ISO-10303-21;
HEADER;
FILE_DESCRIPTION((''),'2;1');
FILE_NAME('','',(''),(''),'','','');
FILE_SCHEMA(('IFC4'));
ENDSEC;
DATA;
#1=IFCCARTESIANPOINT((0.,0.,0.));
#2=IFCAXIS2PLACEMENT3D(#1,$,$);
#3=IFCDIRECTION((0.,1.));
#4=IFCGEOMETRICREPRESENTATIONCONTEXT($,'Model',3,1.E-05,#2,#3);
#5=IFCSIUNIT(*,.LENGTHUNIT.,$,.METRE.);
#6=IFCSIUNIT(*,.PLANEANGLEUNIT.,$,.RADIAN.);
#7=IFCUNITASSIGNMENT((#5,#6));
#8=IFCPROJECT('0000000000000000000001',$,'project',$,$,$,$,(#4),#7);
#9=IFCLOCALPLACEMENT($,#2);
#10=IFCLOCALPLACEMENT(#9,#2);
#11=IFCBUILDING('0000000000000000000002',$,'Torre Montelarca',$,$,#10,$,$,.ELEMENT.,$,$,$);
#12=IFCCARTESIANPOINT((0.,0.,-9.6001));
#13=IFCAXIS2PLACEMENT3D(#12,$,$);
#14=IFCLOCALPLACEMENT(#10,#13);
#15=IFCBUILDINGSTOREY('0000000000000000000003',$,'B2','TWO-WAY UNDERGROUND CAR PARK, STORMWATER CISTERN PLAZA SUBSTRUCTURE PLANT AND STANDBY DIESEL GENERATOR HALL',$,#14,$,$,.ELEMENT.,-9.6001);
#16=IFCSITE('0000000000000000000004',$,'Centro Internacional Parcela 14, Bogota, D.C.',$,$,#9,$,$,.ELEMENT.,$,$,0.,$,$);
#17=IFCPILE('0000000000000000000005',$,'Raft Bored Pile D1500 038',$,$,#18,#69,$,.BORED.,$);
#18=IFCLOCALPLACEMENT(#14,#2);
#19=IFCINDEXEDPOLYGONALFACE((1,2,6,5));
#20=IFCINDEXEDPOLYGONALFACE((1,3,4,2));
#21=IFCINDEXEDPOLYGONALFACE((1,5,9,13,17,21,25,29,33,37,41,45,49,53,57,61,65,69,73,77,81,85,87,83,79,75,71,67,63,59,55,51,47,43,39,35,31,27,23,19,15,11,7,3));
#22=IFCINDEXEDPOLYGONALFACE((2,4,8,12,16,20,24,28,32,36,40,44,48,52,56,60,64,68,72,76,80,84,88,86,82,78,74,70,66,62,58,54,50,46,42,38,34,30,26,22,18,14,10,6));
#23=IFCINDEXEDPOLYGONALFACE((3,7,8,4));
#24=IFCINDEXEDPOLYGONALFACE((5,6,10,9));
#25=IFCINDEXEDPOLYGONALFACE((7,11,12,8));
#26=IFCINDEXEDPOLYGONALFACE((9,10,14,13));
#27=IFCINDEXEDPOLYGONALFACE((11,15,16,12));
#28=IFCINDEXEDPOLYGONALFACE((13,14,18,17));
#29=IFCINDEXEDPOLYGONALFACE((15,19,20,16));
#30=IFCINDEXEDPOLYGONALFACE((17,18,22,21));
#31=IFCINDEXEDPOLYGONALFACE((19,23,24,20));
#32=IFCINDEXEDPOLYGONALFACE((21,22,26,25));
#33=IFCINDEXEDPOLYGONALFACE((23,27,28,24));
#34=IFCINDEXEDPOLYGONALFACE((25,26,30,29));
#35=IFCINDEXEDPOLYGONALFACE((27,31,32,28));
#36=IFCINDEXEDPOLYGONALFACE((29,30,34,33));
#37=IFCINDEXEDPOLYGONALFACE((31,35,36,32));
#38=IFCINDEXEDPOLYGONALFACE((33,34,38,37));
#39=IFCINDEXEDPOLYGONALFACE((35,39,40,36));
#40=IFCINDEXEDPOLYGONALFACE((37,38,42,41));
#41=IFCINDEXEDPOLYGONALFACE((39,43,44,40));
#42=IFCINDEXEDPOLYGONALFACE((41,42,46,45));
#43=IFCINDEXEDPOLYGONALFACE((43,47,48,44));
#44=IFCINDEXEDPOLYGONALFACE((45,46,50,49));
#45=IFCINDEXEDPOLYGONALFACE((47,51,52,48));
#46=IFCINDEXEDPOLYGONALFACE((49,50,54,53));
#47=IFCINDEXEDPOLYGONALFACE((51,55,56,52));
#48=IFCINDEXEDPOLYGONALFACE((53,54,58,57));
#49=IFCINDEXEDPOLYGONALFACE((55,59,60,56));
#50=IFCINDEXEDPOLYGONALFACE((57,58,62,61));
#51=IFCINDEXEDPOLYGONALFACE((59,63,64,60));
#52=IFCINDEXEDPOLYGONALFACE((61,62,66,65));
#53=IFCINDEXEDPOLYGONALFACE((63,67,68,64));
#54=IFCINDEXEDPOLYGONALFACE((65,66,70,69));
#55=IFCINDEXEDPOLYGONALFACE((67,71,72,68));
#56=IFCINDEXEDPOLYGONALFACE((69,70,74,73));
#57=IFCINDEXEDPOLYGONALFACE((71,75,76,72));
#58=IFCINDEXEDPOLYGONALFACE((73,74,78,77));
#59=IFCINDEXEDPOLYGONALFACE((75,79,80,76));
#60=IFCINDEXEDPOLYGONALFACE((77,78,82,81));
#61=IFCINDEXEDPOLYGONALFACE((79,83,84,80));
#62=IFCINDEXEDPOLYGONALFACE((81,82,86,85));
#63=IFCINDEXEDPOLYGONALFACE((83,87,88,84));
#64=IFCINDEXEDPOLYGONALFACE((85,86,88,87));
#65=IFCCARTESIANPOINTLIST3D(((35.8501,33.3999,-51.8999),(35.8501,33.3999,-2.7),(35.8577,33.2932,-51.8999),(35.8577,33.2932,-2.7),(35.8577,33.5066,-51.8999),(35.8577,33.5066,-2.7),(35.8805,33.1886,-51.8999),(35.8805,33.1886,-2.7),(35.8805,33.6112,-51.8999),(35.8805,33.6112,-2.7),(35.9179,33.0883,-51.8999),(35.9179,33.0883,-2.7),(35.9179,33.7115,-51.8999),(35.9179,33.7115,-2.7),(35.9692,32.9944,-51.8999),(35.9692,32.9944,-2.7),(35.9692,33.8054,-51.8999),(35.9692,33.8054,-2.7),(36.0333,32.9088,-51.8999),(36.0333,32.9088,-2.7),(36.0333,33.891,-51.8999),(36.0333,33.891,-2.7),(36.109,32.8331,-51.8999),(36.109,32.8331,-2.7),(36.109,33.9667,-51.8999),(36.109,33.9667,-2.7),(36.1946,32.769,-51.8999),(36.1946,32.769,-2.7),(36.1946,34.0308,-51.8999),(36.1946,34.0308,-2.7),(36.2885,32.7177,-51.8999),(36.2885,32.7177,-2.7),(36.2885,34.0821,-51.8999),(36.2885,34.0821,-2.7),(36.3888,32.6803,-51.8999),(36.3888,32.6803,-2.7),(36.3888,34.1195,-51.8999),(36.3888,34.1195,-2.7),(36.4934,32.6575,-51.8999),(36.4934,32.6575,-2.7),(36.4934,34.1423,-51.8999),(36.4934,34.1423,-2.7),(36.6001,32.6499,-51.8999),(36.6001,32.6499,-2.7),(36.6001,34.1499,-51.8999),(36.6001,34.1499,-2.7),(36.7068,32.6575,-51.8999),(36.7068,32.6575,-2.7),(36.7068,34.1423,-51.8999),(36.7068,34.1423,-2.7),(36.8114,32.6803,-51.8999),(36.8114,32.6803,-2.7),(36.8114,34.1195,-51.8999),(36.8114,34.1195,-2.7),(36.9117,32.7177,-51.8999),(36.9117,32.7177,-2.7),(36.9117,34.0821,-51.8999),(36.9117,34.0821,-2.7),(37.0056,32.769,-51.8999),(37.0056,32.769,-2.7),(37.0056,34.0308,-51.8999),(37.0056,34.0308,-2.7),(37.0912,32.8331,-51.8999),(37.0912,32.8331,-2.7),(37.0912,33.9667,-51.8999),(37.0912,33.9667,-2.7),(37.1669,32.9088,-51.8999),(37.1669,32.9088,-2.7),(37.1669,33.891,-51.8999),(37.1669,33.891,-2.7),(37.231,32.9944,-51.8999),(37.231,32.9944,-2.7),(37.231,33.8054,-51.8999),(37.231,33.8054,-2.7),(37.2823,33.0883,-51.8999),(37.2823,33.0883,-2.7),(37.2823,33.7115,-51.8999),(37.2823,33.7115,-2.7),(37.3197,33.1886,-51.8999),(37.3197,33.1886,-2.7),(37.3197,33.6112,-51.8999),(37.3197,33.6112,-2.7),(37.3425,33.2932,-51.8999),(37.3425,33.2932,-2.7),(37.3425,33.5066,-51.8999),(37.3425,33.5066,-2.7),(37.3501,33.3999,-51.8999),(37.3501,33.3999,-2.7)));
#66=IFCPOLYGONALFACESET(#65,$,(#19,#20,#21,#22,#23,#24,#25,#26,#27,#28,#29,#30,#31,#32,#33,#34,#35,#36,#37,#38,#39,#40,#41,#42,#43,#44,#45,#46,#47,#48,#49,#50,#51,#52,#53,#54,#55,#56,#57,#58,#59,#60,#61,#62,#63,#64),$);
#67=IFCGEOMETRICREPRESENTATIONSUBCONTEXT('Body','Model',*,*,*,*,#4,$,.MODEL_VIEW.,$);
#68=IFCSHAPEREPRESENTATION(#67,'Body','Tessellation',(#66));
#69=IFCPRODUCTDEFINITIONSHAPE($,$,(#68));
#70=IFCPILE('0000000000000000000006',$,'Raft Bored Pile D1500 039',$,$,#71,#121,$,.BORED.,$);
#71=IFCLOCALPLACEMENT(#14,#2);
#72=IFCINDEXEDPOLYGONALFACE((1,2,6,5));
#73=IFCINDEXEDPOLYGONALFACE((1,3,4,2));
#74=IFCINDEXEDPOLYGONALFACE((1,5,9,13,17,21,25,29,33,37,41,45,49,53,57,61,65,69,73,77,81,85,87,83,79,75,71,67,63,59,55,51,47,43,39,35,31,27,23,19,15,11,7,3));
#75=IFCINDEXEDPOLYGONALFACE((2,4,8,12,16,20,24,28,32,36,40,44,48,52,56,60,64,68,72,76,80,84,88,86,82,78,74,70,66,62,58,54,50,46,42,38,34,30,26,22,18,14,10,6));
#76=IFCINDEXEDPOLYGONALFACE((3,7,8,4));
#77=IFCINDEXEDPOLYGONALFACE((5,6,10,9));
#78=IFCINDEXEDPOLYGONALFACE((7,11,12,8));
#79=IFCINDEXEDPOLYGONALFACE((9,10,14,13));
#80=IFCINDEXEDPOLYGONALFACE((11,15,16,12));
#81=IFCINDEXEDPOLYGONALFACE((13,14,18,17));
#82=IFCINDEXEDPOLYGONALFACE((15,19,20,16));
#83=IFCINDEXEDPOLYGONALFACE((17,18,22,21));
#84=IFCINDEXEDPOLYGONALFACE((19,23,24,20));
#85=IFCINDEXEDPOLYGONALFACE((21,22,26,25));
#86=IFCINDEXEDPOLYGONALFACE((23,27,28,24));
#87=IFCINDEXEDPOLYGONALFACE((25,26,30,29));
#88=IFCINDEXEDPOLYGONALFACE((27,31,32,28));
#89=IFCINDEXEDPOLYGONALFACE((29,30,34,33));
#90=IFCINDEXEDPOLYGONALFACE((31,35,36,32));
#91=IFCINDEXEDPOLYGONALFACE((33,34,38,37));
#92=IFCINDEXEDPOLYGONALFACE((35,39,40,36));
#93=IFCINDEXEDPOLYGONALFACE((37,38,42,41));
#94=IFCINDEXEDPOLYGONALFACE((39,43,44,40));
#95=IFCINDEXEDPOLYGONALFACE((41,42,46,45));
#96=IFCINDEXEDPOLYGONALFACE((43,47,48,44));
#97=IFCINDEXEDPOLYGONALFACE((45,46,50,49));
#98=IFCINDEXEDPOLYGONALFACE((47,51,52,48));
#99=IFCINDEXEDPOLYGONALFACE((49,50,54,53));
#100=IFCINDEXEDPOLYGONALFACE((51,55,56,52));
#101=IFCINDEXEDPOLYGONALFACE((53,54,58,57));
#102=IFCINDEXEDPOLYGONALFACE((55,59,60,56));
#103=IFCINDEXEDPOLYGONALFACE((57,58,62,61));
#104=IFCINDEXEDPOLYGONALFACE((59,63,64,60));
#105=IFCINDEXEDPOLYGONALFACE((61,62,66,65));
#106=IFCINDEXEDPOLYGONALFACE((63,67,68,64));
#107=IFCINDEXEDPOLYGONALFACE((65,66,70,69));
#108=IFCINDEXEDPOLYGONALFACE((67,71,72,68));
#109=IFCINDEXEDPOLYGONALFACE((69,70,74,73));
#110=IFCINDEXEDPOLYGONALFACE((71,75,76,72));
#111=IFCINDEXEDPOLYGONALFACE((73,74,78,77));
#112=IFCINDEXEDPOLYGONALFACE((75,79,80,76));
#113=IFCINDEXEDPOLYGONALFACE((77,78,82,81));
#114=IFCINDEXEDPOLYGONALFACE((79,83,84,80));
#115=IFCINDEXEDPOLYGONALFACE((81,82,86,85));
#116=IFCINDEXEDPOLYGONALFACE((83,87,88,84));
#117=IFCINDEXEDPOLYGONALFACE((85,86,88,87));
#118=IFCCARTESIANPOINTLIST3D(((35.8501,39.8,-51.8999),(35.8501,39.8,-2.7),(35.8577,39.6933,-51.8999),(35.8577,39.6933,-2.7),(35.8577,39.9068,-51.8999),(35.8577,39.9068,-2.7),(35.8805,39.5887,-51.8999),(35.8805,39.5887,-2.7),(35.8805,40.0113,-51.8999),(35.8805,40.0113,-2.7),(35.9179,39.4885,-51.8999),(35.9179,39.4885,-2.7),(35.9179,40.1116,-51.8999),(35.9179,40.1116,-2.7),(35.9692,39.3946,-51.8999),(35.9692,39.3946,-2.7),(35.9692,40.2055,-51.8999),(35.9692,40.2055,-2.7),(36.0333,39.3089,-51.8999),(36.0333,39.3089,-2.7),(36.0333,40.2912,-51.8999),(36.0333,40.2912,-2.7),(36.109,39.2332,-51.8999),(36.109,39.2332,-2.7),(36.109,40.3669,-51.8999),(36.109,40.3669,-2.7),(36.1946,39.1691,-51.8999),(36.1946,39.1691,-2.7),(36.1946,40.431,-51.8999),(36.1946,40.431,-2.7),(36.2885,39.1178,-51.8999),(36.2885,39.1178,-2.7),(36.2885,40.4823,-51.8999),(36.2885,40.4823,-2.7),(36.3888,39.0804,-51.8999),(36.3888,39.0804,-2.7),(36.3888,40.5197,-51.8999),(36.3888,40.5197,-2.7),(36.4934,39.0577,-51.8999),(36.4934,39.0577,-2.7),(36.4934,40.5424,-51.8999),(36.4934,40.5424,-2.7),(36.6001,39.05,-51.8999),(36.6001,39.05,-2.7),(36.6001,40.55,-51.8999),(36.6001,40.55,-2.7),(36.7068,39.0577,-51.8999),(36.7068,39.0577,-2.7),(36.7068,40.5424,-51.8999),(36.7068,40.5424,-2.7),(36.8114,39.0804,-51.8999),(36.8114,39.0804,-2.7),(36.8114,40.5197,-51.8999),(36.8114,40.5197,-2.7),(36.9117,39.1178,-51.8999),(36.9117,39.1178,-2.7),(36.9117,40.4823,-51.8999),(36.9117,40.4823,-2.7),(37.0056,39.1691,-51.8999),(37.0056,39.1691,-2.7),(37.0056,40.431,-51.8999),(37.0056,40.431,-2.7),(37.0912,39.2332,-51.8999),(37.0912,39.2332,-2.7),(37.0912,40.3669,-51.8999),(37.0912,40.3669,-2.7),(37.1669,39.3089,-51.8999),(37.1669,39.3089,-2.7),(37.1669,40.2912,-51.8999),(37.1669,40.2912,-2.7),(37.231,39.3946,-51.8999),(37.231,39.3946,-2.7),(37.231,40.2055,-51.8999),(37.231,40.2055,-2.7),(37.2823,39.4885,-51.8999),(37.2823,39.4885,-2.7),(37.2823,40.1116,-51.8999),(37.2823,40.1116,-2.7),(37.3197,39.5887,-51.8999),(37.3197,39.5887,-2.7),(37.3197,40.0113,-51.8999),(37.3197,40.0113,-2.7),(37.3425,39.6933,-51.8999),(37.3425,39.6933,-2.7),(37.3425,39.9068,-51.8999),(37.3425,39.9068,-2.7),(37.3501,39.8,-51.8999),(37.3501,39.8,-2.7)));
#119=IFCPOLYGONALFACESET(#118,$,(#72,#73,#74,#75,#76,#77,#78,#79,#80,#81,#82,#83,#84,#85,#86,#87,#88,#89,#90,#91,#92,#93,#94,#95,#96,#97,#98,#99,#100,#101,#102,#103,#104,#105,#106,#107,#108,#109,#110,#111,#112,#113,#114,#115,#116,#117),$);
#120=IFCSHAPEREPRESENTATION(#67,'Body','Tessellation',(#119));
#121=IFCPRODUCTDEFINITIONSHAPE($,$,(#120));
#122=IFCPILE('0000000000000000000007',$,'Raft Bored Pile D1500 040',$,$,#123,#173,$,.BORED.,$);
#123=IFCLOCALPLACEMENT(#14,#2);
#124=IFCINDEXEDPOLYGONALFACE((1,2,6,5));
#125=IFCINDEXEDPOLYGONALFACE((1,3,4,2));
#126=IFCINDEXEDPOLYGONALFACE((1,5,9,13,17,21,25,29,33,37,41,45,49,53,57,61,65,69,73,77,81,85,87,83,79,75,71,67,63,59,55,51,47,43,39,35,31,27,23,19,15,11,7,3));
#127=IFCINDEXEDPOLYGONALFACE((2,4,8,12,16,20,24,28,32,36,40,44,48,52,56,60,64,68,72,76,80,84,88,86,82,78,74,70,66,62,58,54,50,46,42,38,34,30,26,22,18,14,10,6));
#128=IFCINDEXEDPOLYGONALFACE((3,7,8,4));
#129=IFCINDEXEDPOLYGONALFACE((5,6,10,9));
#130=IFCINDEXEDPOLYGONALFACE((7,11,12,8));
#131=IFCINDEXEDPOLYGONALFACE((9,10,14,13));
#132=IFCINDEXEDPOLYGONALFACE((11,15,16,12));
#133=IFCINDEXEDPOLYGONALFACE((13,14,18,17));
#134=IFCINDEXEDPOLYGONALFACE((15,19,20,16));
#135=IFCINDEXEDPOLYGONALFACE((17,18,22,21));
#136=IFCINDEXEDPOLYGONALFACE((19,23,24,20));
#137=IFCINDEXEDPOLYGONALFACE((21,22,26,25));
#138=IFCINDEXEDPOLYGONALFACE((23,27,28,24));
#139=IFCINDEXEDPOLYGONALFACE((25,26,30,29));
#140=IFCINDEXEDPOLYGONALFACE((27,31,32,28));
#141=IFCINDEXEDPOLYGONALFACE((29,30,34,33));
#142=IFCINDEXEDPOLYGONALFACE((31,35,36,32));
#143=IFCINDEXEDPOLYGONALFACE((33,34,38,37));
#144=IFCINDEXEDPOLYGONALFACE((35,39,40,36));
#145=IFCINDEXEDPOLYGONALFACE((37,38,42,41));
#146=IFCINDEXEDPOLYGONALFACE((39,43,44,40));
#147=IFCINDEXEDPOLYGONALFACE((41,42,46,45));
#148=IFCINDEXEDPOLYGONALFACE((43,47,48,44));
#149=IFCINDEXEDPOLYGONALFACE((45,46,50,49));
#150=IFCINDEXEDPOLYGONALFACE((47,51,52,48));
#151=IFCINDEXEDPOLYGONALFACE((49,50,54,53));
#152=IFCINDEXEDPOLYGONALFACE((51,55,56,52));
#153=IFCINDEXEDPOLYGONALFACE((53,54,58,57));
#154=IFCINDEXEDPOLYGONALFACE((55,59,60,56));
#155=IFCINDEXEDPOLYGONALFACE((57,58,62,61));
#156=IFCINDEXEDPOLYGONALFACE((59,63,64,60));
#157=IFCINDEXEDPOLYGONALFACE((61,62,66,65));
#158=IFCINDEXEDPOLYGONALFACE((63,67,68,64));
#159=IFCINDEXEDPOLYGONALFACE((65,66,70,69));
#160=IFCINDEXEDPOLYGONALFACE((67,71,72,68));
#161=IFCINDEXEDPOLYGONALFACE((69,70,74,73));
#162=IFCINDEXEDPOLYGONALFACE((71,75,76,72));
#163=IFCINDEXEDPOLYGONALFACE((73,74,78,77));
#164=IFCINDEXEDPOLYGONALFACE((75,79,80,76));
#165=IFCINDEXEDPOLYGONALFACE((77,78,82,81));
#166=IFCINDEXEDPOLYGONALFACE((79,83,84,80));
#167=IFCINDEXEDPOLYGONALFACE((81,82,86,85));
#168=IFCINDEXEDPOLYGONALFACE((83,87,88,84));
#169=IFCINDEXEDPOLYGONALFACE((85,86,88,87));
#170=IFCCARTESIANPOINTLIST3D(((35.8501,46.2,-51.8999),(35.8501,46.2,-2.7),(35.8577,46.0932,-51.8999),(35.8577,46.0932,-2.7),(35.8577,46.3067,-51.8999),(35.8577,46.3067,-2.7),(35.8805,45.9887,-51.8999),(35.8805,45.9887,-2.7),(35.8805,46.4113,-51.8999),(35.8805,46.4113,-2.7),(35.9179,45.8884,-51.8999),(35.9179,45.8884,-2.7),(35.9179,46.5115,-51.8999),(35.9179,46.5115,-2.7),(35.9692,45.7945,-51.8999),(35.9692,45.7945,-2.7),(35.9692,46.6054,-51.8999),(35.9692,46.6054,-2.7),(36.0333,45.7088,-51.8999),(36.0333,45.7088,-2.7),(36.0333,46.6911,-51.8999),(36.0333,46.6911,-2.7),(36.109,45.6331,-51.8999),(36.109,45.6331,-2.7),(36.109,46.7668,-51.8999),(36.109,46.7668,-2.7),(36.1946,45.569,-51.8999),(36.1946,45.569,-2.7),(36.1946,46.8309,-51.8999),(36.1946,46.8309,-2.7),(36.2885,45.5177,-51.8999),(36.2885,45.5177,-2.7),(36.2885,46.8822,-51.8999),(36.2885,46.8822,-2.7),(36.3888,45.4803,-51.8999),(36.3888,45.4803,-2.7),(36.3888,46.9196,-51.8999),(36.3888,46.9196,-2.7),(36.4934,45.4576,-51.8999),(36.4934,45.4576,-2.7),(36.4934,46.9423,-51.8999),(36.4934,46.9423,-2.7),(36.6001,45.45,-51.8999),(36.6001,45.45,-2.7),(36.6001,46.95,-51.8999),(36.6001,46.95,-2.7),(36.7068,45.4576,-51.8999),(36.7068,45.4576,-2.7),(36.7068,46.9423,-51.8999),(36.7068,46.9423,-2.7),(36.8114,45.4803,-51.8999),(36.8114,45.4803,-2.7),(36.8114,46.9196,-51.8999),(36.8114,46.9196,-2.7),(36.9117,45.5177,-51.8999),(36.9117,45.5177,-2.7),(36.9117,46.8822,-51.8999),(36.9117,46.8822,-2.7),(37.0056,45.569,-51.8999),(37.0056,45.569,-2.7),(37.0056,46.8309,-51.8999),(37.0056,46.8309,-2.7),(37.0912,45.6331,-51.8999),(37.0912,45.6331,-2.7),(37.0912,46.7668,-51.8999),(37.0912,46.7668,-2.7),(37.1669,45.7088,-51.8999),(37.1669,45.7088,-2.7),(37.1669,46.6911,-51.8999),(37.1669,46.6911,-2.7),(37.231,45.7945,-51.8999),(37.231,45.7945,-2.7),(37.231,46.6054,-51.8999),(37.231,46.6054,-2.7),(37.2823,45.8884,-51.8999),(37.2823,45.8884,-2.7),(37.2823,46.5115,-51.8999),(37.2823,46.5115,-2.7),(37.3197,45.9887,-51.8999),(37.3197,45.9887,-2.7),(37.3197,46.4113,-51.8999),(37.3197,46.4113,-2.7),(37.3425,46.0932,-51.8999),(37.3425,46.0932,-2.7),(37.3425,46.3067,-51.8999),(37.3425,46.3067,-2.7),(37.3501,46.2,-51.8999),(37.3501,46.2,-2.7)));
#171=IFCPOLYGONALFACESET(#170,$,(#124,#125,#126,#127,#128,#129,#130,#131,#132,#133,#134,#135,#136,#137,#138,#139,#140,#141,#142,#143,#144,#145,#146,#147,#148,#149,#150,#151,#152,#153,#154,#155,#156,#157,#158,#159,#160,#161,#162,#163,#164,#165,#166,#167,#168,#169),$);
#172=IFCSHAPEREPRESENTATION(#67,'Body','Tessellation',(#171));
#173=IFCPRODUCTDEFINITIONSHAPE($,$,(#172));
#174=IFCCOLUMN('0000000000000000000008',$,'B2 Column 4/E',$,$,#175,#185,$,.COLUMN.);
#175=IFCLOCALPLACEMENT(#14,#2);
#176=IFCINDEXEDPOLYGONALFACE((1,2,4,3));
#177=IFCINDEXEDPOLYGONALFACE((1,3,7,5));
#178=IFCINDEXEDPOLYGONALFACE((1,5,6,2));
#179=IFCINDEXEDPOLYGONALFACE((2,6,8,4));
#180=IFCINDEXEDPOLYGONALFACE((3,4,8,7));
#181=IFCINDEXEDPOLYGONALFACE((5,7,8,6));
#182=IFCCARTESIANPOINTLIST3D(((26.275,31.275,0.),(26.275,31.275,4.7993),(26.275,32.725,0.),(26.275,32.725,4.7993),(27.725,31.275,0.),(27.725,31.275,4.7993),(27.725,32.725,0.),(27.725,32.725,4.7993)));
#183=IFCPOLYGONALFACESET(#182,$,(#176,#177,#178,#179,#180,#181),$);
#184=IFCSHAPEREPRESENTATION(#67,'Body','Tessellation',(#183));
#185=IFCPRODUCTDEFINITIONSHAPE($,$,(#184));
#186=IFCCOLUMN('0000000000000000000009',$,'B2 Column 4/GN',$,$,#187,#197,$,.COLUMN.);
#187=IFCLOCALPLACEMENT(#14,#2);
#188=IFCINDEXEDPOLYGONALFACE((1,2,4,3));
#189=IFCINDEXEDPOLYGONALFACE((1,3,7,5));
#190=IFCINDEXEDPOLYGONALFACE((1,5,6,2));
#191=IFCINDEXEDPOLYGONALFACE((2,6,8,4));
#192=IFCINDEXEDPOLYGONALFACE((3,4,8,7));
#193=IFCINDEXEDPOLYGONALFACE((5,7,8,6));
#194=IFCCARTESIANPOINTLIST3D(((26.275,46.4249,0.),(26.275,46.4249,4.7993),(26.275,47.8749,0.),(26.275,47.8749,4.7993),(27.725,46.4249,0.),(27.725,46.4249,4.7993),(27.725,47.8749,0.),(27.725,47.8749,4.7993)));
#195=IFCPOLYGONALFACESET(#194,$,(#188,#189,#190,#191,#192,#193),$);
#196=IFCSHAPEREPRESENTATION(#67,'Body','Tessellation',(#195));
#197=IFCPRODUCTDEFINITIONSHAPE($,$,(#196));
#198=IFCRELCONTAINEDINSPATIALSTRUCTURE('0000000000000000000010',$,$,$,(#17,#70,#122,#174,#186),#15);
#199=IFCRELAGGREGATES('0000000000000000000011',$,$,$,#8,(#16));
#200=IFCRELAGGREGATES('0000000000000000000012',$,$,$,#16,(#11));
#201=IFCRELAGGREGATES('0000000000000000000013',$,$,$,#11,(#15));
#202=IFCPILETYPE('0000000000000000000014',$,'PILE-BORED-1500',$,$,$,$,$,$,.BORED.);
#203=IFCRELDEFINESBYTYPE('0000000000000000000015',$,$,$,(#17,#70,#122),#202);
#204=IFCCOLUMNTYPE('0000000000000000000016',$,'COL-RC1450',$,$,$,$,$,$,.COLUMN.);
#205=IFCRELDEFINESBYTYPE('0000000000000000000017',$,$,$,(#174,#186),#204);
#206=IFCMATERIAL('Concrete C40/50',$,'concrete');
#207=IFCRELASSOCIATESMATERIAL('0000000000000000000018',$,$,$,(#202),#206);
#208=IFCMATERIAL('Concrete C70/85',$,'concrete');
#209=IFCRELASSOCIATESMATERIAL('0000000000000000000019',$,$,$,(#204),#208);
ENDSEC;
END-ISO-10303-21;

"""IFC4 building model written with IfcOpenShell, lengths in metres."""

from ifc_helpers import new_model, si_unit, direction, frame, origin, origin_2d, place, context, subcontext, project, spatial, rectangle, circle, extrude, source, transform, mapped, material, material_profile, profile_set, type_object, element, save


model = new_model("IFC4")

# Units and contexts
model_context = context("Model", 3, precision=1e-05, world=origin(), true_north=direction((0.0, 1.0)))
body_context = subcontext(model_context, "Body", "Model", "MODEL_VIEW")
ifc_project = project(units=[si_unit("LENGTHUNIT", "METRE"), si_unit("PLANEANGLEUNIT", "RADIAN")], contexts=[model_context])

# Site, building, storey
site_placement = place(None, origin())
site = spatial("IfcSite", under=ifc_project, at=site_placement, Name="Centro Internacional Parcela 14, Bogota, D.C.", CompositionType="ELEMENT", RefElevation=0.0)
building_placement = place(site_placement, origin())
building = spatial("IfcBuilding", under=site, at=building_placement, Name="Torre Montelarca", CompositionType="ELEMENT")
storey_placement = place(building_placement, frame((0.0, 0.0, -9.6001)))
storey = spatial("IfcBuildingStorey", under=building, at=storey_placement, Name="B2", Description="TWO-WAY UNDERGROUND CAR PARK, STORMWATER CISTERN PLAZA SUBSTRUCTURE PLANT AND STANDBY DIESEL GENERATOR HALL", CompositionType="ELEMENT", Elevation=-9.6001)

# Piles
ifc_material_1 = material(Name="Concrete C40/50", Category="concrete")
ifc_material_profile_1 = material_profile(ifc_material_1, circle(Radius=0.75, at=origin_2d()), Name="PILE-D1500", Category="concrete")
ifc_profile_set_1 = profile_set([ifc_material_profile_1], Name="Concrete C40/50")
pile_type = type_object("IfcPileType", Name="PILE-BORED-1500", PredefinedType="BORED", material=ifc_profile_set_1)
shared_shape_1 = source(origin(), body_context, "Body", "SweptSolid", [
    extrude(circle(Radius=0.75, at=origin_2d()), origin(), (0.0, 0.0, 1.0), 49.2),
])
for number, where, z_axis, x_axis, name in (
    (1, (36.6001, 33.3999, -2.7), (0.0, 0.0, -1.0), (1.0, 0.0, 0.0), "Raft Bored Pile D1500 038"),
    (2, (36.6001, 39.8, -2.7), (0.0, 0.0, -1.0), (1.0, 0.0, 0.0), "Raft Bored Pile D1500 039"),
    (3, (36.6001, 46.2, -2.7), (0.0, 0.0, -1.0), (1.0, 0.0, 0.0), "Raft Bored Pile D1500 040"),
):
    element("IfcPile", number, at=place(storey_placement, frame(where, z_axis=z_axis, x_axis=x_axis)), inside=storey, type_object=pile_type, Name=name, PredefinedType="BORED", context=body_context, shape_type="MappedRepresentation", body=[
        mapped(shared_shape_1, transform((0.0, 0.0, 0.0), scale=1.0)),
    ])

# Columns
ifc_material_2 = material(Name="Concrete C70/85", Category="concrete")
ifc_material_profile_2 = material_profile(ifc_material_2, rectangle(XDim=1.45, YDim=1.45, at=origin_2d()), Name="RC1450X1450", Category="concrete")
ifc_profile_set_2 = profile_set([ifc_material_profile_2], Name="Concrete C70/85")
column_type_1 = type_object("IfcColumnType", Name="COL-RC1450", PredefinedType="COLUMN", material=ifc_profile_set_2)
shared_shape_2 = source(origin(), body_context, "Body", "SweptSolid", [
    extrude(rectangle(XDim=1.45, YDim=1.45, at=origin_2d()), origin(), (0.0, 0.0, 1.0), 4.7993),
])
for number, where, z_axis, x_axis, name in (
    (4, (27.0, 32.0, 0.0), (0.0, 0.0, 1.0), (1.0, 0.0, 0.0), "B2 Column 4/E"),
    (5, (27.0, 47.1499, 0.0), (0.0, 0.0, 1.0), (1.0, 0.0, 0.0), "B2 Column 4/GN"),
):
    element("IfcColumn", number, at=place(storey_placement, frame(where, z_axis=z_axis, x_axis=x_axis)), inside=storey, type_object=column_type_1, Name=name, PredefinedType="COLUMN", context=body_context, shape_type="MappedRepresentation", body=[
        mapped(shared_shape_2, transform((0.0, 0.0, 0.0), scale=1.0)),
    ])

save(model, "model.ifc")
